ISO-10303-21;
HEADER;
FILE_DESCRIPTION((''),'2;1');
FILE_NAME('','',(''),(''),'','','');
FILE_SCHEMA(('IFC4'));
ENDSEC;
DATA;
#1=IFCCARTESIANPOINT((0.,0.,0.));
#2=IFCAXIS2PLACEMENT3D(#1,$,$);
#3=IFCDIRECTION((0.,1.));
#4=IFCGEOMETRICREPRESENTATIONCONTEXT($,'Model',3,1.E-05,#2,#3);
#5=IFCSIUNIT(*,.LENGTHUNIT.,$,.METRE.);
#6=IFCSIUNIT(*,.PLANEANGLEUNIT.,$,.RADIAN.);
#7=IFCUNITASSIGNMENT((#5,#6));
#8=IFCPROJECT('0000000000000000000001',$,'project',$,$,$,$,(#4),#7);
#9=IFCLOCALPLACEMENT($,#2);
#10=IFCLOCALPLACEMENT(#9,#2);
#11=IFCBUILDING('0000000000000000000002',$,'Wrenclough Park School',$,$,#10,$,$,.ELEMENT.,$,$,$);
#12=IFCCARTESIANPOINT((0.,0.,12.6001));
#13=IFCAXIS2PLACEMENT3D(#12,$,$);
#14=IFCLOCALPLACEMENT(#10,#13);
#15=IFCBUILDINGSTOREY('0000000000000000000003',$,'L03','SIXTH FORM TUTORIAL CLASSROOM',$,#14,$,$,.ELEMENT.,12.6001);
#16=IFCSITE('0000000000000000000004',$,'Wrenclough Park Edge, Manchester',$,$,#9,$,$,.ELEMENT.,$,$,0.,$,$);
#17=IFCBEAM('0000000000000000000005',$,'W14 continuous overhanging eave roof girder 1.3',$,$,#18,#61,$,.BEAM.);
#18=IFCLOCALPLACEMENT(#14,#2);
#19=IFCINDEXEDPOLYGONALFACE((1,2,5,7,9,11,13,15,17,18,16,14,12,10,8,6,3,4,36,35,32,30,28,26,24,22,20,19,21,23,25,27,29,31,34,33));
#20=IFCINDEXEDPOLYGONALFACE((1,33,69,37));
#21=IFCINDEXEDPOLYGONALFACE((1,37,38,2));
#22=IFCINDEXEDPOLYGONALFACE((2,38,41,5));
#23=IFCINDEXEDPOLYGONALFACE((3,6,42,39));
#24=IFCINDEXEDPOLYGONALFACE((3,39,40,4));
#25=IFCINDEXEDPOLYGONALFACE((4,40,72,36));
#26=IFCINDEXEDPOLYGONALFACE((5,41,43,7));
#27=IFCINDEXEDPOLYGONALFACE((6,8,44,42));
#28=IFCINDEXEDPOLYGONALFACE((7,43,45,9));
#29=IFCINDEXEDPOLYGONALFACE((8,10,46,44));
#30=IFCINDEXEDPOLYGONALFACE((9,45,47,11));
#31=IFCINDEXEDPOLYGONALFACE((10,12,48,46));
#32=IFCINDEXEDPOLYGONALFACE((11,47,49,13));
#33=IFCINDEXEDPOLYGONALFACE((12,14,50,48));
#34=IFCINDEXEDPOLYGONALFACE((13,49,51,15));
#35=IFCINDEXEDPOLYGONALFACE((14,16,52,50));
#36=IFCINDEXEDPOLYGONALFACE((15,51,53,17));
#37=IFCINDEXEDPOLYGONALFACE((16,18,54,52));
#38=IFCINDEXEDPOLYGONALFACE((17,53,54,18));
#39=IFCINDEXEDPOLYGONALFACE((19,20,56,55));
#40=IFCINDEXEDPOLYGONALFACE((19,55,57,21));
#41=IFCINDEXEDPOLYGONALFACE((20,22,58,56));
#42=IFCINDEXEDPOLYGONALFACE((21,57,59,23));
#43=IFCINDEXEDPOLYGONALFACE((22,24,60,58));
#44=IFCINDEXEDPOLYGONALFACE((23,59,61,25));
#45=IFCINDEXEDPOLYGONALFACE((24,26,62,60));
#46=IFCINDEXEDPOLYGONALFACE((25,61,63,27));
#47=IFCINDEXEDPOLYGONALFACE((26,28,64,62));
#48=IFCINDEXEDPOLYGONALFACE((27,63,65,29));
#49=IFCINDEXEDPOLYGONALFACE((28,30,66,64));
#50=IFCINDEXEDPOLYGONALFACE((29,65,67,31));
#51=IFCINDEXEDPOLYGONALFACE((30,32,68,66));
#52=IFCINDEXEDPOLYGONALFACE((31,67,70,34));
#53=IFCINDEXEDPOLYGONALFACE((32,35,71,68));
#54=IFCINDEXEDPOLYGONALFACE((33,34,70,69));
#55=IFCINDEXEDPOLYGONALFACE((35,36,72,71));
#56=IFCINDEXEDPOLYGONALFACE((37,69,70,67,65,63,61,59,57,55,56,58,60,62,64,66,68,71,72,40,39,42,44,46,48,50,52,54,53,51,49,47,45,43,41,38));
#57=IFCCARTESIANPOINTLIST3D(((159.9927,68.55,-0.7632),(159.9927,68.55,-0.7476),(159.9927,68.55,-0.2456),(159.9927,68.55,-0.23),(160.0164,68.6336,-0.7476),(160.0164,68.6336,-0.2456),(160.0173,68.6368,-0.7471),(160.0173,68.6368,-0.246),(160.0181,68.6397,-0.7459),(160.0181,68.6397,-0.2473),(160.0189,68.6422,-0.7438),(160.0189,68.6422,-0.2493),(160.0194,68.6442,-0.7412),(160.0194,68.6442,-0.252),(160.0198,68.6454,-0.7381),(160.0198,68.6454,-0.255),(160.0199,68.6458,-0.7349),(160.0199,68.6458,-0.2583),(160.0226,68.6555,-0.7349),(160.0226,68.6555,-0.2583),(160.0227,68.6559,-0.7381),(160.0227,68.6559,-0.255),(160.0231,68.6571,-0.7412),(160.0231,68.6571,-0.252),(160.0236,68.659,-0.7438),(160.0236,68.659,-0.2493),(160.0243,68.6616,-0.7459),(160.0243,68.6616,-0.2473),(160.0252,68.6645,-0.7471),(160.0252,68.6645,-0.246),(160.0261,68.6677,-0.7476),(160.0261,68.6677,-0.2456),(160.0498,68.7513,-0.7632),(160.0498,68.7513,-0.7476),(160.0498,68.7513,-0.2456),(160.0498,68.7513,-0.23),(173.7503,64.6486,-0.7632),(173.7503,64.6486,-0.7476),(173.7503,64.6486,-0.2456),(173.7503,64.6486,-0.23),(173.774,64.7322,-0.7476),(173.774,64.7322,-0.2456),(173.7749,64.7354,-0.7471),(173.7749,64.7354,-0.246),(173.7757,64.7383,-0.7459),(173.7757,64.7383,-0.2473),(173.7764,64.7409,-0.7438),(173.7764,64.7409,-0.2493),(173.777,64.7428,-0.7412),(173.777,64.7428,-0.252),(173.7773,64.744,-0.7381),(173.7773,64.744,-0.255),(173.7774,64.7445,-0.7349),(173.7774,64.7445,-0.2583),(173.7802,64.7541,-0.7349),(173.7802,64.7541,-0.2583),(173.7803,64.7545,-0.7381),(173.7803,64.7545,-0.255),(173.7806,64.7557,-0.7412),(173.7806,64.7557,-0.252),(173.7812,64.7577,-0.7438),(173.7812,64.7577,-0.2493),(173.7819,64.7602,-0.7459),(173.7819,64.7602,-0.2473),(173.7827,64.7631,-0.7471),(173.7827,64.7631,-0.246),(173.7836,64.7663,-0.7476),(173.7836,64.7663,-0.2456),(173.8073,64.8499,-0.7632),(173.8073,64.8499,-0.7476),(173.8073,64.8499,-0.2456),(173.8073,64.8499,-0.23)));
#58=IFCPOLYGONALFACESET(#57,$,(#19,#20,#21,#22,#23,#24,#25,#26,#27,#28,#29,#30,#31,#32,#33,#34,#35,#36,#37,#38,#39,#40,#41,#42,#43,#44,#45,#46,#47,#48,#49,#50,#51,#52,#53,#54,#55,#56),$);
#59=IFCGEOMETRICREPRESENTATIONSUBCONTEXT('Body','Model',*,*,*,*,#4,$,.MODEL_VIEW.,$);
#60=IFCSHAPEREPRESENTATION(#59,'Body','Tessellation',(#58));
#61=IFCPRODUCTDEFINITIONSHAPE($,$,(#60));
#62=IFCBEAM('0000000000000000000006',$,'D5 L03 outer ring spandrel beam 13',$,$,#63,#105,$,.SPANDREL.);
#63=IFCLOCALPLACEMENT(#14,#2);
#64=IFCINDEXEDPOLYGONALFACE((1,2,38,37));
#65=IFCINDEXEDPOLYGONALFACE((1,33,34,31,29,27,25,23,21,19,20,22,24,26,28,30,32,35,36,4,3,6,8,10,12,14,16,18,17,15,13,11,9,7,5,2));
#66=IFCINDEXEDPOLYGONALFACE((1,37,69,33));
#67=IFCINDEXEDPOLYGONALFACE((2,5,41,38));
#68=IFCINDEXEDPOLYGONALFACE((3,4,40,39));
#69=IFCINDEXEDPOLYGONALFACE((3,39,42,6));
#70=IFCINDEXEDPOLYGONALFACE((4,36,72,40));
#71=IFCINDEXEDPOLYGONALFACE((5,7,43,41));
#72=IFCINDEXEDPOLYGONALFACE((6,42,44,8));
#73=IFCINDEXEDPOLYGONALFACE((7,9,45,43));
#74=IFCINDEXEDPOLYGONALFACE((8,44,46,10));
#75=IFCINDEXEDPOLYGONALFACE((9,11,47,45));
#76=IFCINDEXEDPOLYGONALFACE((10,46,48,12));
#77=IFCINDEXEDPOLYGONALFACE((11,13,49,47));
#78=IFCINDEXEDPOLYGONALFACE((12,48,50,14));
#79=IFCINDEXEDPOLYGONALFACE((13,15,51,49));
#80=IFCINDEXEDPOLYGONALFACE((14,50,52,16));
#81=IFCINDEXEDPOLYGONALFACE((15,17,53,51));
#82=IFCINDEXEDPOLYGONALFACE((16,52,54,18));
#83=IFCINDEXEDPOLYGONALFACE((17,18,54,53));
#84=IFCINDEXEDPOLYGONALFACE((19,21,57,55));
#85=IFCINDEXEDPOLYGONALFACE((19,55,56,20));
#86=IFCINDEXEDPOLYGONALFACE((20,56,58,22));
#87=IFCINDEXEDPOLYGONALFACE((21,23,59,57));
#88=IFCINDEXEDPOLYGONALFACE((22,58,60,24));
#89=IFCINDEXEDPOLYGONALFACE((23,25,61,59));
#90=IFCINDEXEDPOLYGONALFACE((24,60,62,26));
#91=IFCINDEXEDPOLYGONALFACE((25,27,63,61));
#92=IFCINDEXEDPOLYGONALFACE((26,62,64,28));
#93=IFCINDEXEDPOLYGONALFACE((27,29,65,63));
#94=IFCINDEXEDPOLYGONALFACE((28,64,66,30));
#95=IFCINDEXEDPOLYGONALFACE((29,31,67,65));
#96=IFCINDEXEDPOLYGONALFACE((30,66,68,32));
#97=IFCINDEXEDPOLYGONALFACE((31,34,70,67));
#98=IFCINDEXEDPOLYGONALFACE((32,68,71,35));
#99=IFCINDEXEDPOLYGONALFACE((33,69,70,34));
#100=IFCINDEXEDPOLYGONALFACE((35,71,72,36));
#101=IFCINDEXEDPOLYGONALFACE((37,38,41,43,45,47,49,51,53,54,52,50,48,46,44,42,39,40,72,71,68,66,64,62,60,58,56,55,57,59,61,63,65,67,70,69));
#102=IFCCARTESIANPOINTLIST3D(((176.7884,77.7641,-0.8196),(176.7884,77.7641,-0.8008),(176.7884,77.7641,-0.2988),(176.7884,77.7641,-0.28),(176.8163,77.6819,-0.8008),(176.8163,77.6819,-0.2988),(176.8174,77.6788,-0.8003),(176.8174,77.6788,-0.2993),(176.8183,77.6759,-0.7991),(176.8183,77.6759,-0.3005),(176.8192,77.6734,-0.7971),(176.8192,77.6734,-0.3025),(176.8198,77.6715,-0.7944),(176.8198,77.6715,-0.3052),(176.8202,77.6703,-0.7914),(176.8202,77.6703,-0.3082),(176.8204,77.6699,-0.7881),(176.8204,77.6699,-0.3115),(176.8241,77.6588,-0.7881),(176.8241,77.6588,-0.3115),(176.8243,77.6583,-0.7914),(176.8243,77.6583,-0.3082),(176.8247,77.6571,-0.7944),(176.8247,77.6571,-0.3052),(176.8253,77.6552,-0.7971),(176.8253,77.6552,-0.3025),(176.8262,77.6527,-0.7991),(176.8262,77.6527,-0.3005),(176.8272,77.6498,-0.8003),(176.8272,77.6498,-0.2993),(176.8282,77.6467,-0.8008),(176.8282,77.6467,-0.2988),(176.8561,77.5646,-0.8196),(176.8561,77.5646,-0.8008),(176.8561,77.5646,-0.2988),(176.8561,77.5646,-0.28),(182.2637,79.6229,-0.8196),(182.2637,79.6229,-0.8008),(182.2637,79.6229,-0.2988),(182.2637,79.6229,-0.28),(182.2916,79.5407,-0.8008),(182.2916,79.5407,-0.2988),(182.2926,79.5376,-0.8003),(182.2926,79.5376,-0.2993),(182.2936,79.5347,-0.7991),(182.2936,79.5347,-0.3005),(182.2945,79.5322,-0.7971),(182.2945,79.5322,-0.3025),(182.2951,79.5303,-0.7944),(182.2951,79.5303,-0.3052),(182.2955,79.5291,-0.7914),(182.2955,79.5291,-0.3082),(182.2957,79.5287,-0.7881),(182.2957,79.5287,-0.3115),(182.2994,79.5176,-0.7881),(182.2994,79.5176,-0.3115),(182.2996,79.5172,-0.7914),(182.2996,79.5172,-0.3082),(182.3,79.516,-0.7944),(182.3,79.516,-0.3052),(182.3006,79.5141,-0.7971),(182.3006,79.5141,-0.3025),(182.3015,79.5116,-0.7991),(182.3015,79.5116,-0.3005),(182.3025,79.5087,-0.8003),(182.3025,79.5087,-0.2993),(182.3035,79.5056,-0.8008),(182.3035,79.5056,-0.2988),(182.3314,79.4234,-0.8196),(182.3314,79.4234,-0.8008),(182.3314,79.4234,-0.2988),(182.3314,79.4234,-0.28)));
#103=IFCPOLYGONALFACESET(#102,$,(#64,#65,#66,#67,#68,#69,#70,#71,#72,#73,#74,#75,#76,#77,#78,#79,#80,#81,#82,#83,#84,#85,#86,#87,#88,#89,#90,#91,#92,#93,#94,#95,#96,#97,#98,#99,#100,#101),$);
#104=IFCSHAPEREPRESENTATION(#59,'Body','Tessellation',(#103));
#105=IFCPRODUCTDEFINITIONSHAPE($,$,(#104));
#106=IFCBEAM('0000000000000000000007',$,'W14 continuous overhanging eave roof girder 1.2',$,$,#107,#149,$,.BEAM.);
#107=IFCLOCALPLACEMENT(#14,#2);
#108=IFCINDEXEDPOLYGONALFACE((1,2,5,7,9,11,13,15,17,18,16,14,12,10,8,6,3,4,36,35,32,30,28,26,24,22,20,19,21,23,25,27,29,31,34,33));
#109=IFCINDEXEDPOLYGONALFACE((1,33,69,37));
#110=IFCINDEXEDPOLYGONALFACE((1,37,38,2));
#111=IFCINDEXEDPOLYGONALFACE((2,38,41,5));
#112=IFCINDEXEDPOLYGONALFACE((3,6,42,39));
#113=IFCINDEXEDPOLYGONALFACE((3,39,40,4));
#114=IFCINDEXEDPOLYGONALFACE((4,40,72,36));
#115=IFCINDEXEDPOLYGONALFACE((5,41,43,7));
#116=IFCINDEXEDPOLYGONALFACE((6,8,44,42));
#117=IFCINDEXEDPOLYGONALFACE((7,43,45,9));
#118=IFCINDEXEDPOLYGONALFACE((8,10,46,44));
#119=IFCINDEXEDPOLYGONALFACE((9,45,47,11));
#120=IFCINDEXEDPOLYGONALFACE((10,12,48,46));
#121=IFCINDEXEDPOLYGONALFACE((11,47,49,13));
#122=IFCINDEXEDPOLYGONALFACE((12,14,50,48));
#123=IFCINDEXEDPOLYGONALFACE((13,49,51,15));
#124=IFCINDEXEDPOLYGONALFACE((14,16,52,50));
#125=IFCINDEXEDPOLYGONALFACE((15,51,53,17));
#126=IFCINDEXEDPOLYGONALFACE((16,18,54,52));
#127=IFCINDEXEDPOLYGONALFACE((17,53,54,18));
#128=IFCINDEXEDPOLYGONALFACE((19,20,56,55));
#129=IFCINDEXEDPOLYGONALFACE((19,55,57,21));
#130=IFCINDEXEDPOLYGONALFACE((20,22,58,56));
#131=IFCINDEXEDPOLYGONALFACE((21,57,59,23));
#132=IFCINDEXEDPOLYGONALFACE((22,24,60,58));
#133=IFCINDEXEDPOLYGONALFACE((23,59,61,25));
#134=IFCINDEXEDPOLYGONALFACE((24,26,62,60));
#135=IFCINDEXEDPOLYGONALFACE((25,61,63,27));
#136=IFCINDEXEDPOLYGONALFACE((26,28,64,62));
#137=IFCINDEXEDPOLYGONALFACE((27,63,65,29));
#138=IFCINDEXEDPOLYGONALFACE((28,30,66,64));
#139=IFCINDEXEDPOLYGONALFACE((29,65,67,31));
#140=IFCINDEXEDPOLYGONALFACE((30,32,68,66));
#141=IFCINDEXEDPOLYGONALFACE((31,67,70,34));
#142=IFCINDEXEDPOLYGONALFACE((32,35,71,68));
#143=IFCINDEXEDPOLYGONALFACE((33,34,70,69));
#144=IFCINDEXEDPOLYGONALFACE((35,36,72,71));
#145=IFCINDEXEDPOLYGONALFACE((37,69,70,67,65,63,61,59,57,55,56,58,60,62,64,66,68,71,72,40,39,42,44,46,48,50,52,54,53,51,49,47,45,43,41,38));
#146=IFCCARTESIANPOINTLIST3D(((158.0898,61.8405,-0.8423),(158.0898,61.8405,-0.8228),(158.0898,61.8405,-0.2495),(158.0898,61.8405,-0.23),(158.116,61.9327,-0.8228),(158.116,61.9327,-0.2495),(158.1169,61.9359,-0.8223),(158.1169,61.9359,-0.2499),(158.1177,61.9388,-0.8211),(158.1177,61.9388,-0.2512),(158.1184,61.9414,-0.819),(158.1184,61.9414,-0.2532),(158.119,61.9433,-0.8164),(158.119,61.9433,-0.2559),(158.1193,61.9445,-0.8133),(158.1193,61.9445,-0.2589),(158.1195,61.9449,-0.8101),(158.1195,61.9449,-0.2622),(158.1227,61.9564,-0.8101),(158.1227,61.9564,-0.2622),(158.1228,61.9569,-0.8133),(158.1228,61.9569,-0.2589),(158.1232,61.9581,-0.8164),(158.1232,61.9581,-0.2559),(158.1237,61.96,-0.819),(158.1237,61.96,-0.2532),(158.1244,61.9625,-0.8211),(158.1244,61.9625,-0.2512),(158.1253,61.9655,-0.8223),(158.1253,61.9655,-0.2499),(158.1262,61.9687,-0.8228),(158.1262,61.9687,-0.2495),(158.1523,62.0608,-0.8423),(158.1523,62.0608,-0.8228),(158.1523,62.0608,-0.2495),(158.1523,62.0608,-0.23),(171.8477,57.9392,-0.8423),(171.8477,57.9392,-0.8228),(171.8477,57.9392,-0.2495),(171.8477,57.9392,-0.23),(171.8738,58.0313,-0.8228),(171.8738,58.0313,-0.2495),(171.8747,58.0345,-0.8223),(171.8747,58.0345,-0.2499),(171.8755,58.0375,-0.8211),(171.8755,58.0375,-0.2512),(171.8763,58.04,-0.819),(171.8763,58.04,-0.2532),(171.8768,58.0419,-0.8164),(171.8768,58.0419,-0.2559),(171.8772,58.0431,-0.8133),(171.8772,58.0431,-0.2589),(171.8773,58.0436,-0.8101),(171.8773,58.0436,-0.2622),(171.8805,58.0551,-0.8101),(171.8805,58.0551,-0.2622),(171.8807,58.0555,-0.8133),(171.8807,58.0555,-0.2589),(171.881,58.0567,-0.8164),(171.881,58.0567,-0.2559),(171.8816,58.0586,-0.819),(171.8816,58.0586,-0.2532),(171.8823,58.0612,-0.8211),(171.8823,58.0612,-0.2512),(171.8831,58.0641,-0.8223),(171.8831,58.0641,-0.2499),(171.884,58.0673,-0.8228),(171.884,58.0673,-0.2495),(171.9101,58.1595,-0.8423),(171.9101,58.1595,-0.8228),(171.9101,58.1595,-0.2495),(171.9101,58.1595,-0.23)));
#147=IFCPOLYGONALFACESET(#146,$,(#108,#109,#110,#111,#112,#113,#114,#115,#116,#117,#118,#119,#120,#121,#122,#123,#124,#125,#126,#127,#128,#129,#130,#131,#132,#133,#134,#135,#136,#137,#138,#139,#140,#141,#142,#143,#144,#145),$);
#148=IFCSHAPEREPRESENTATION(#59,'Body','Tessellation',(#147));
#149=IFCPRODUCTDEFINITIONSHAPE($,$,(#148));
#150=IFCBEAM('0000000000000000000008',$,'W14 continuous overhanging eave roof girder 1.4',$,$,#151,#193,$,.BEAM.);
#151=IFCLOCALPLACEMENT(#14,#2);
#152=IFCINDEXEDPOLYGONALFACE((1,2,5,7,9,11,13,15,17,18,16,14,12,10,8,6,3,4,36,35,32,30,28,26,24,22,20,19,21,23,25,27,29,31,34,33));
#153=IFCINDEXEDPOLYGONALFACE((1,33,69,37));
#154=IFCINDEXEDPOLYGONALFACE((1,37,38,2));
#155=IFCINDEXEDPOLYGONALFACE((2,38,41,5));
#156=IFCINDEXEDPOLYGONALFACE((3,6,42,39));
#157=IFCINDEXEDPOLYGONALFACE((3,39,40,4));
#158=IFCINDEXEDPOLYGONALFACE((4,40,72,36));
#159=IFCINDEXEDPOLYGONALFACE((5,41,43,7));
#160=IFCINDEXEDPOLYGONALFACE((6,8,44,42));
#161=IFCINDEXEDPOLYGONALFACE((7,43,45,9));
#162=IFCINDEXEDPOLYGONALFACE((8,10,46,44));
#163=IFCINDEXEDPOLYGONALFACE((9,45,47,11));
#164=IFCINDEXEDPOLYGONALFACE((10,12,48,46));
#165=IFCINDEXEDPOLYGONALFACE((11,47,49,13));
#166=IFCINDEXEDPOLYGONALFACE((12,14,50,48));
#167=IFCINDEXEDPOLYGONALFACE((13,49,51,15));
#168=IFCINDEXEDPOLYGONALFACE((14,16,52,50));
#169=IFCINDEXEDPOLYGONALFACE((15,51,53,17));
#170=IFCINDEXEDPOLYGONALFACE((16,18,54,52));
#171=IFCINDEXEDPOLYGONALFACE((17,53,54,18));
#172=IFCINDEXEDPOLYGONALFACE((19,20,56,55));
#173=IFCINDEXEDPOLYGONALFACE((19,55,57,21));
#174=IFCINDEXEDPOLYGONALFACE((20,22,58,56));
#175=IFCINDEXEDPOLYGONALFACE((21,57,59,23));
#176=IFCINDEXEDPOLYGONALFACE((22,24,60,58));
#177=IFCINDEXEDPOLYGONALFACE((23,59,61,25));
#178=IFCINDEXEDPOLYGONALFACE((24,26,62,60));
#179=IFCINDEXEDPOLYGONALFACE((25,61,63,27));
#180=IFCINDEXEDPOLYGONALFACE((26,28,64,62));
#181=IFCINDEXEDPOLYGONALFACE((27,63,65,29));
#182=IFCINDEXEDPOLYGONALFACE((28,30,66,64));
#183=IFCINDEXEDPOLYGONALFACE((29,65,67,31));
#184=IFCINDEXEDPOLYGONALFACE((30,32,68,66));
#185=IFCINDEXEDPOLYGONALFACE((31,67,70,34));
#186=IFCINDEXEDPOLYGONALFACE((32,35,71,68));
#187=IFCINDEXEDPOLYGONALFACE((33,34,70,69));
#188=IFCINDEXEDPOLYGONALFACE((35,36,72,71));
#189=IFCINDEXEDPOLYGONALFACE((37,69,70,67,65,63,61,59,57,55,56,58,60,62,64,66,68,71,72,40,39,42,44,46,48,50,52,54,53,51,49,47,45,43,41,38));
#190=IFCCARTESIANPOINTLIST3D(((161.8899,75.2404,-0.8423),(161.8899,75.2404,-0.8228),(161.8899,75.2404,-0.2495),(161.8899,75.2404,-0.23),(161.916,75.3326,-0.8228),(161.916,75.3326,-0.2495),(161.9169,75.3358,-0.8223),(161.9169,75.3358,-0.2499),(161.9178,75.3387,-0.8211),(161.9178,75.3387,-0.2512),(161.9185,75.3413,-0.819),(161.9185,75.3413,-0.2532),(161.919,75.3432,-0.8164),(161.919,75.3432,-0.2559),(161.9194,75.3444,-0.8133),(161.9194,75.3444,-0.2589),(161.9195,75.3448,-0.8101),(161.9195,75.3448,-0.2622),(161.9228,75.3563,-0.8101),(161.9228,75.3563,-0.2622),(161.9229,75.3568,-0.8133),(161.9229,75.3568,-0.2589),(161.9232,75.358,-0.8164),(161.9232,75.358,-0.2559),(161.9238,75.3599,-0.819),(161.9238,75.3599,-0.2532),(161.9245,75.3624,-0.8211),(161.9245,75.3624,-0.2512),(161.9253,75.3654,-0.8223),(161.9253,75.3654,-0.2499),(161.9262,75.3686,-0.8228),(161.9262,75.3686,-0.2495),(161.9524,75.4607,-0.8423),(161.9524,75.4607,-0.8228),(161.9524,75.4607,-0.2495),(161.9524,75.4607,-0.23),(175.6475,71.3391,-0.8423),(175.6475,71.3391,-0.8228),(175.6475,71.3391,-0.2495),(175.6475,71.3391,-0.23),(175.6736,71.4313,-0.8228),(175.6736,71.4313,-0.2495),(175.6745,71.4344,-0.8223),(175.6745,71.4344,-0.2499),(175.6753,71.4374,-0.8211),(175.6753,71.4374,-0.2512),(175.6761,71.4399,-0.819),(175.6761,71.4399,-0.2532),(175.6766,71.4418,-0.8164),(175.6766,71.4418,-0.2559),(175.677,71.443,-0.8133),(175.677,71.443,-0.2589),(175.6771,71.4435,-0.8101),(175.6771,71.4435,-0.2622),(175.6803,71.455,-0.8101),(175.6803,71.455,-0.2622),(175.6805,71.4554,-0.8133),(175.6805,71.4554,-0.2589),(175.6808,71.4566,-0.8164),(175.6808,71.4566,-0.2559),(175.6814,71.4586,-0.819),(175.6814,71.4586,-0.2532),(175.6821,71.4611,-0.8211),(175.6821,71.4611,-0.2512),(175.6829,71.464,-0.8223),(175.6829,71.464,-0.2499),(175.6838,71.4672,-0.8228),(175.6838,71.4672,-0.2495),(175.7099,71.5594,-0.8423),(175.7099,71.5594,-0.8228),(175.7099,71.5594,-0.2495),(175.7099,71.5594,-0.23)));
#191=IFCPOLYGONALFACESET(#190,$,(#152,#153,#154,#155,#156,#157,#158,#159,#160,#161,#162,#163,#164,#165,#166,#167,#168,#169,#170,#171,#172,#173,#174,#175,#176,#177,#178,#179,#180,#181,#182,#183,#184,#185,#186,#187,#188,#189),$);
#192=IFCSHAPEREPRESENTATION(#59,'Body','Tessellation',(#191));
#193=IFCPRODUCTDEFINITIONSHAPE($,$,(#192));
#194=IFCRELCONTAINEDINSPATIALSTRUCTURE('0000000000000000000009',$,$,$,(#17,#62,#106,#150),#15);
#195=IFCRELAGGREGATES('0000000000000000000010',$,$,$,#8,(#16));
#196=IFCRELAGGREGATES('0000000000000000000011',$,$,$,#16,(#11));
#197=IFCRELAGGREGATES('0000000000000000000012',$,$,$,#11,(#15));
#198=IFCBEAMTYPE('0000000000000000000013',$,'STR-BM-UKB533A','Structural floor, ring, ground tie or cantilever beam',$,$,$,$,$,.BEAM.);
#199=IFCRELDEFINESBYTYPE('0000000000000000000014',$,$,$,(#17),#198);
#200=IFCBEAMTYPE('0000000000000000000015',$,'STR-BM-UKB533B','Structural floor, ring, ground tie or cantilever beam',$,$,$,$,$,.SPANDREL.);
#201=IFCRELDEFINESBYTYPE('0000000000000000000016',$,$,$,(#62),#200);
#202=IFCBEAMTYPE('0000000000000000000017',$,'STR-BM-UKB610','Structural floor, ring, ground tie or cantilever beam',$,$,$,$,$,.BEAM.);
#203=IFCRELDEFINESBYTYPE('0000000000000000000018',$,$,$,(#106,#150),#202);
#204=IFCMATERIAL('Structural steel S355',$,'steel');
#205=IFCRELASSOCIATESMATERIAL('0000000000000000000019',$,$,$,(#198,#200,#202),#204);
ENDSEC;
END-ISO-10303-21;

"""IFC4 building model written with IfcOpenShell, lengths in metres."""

from ifc_helpers import new_model, si_unit, direction, frame, origin, origin_2d, place, context, subcontext, project, spatial, i_section, extrude, material, material_profile, profile_set, type_object, element, save


model = new_model("IFC4")

# Units and contexts
model_context = context("Model", 3, precision=1e-05, world=origin(), true_north=direction((0.0, 1.0)))
body_context = subcontext(model_context, "Body", "Model", "MODEL_VIEW")
ifc_project = project(units=[si_unit("LENGTHUNIT", "METRE"), si_unit("PLANEANGLEUNIT", "RADIAN")], contexts=[model_context])

# Site, building, storey
site_placement = place(None, origin())
site = spatial("IfcSite", under=ifc_project, at=site_placement, Name="Wrenclough Park Edge, Manchester", CompositionType="ELEMENT", RefElevation=0.0)
building_placement = place(site_placement, origin())
building = spatial("IfcBuilding", under=site, at=building_placement, Name="Wrenclough Park School", CompositionType="ELEMENT")
storey_placement = place(building_placement, frame((0.0, 0.0, 12.6001)))
storey = spatial("IfcBuildingStorey", under=building, at=storey_placement, Name="L03", Description="SIXTH FORM TUTORIAL CLASSROOM", CompositionType="ELEMENT", Elevation=12.6001)

# Beams
ifc_material_1 = material(Name="Structural steel S355", Category="steel")
ifc_material_profile_1 = material_profile(ifc_material_1, i_section(OverallWidth=0.2092, OverallDepth=0.5332, WebThickness=0.01, FlangeThickness=0.0156, FilletRadius=0.0127, at=origin_2d()), Name="UKB 533x210x92")
ifc_profile_set_1 = profile_set([ifc_material_profile_1], Name="Structural steel S355")
beam_type_1 = type_object("IfcBeamType", Name="STR-BM-UKB533A", Description="Structural floor, ring, ground tie or cantilever beam", PredefinedType="BEAM", material=ifc_profile_set_1)
for number, where, z_axis, x_axis, name in (
    (1, (173.7788, 64.7493, -0.4966), (-0.962065, 0.272822, 0.0), (-0.272822, -0.962065, 0.0), "W14 continuous overhanging eave roof girder 1.3"),
):
    element("IfcBeam", number, at=place(storey_placement, frame(where, z_axis=z_axis, x_axis=x_axis)), inside=storey, type_object=beam_type_1, Name=name, PredefinedType="BEAM", context=body_context, shape_type="SweptSolid", body=[
        extrude(i_section(OverallWidth=0.2092, OverallDepth=0.5332, WebThickness=0.01, FlangeThickness=0.0156, FilletRadius=0.0127, at=origin_2d()), origin(), (0.0, 0.0, 1.0), 14.3),
    ])
ifc_material_profile_2 = material_profile(ifc_material_1, i_section(OverallWidth=0.2107, OverallDepth=0.5396, WebThickness=0.0117, FlangeThickness=0.0188, FilletRadius=0.0127, at=origin_2d()), Name="UKB 533x210x109")
ifc_profile_set_2 = profile_set([ifc_material_profile_2], Name="Structural steel S355")
beam_type_2 = type_object("IfcBeamType", Name="STR-BM-UKB533B", Description="Structural floor, ring, ground tie or cantilever beam", PredefinedType="SPANDREL", material=ifc_profile_set_2)
beam_1_placement = place(storey_placement, frame((176.8223, 77.6643, -0.5498), z_axis=(0.946917, 0.32148, 0.0), x_axis=(-0.32148, 0.946917, 0.0)))
element("IfcBeam", 2, at=beam_1_placement, inside=storey, type_object=beam_type_2, Name="D5 L03 outer ring spandrel beam 13", PredefinedType="SPANDREL", context=body_context, shape_type="SweptSolid", body=[
    extrude(i_section(OverallWidth=0.2107, OverallDepth=0.5396, WebThickness=0.0117, FlangeThickness=0.0188, FilletRadius=0.0127, at=origin_2d()), origin(), (0.0, 0.0, 1.0), 5.7822),
])
ifc_material_profile_3 = material_profile(ifc_material_1, i_section(OverallWidth=0.229, OverallDepth=0.6123, WebThickness=0.012, FlangeThickness=0.0195, FilletRadius=0.0127, at=origin_2d()), Name="UKB 610x229x125")
ifc_profile_set_3 = profile_set([ifc_material_profile_3], Name="Structural steel S355")
beam_type_3 = type_object("IfcBeamType", Name="STR-BM-UKB610", Description="Structural floor, ring, ground tie or cantilever beam", PredefinedType="BEAM", material=ifc_profile_set_3)
beam_2_placement = place(storey_placement, frame((171.8789, 58.0493, -0.5361), z_axis=(-0.962066, 0.272817, 0.0), x_axis=(-0.272817, -0.962066, 0.0)))
element("IfcBeam", 3, at=beam_2_placement, inside=storey, type_object=beam_type_3, Name="W14 continuous overhanging eave roof girder 1.2", PredefinedType="BEAM", context=body_context, shape_type="SweptSolid", body=[
    extrude(i_section(OverallWidth=0.229, OverallDepth=0.6123, WebThickness=0.012, FlangeThickness=0.0195, FilletRadius=0.0127, at=origin_2d()), origin(), (0.0, 0.0, 1.0), 14.3003),
])
beam_3_placement = place(storey_placement, frame((175.6787, 71.4492, -0.5361), z_axis=(-0.962065, 0.272822, 0.0), x_axis=(-0.272822, -0.962065, 0.0)))
element("IfcBeam", 4, at=beam_3_placement, inside=storey, type_object=beam_type_3, Name="W14 continuous overhanging eave roof girder 1.4", PredefinedType="BEAM", context=body_context, shape_type="SweptSolid", body=[
    extrude(i_section(OverallWidth=0.229, OverallDepth=0.6123, WebThickness=0.012, FlangeThickness=0.0195, FilletRadius=0.0127, at=origin_2d()), origin(), (0.0, 0.0, 1.0), 14.3),
])

save(model, "model.ifc")
